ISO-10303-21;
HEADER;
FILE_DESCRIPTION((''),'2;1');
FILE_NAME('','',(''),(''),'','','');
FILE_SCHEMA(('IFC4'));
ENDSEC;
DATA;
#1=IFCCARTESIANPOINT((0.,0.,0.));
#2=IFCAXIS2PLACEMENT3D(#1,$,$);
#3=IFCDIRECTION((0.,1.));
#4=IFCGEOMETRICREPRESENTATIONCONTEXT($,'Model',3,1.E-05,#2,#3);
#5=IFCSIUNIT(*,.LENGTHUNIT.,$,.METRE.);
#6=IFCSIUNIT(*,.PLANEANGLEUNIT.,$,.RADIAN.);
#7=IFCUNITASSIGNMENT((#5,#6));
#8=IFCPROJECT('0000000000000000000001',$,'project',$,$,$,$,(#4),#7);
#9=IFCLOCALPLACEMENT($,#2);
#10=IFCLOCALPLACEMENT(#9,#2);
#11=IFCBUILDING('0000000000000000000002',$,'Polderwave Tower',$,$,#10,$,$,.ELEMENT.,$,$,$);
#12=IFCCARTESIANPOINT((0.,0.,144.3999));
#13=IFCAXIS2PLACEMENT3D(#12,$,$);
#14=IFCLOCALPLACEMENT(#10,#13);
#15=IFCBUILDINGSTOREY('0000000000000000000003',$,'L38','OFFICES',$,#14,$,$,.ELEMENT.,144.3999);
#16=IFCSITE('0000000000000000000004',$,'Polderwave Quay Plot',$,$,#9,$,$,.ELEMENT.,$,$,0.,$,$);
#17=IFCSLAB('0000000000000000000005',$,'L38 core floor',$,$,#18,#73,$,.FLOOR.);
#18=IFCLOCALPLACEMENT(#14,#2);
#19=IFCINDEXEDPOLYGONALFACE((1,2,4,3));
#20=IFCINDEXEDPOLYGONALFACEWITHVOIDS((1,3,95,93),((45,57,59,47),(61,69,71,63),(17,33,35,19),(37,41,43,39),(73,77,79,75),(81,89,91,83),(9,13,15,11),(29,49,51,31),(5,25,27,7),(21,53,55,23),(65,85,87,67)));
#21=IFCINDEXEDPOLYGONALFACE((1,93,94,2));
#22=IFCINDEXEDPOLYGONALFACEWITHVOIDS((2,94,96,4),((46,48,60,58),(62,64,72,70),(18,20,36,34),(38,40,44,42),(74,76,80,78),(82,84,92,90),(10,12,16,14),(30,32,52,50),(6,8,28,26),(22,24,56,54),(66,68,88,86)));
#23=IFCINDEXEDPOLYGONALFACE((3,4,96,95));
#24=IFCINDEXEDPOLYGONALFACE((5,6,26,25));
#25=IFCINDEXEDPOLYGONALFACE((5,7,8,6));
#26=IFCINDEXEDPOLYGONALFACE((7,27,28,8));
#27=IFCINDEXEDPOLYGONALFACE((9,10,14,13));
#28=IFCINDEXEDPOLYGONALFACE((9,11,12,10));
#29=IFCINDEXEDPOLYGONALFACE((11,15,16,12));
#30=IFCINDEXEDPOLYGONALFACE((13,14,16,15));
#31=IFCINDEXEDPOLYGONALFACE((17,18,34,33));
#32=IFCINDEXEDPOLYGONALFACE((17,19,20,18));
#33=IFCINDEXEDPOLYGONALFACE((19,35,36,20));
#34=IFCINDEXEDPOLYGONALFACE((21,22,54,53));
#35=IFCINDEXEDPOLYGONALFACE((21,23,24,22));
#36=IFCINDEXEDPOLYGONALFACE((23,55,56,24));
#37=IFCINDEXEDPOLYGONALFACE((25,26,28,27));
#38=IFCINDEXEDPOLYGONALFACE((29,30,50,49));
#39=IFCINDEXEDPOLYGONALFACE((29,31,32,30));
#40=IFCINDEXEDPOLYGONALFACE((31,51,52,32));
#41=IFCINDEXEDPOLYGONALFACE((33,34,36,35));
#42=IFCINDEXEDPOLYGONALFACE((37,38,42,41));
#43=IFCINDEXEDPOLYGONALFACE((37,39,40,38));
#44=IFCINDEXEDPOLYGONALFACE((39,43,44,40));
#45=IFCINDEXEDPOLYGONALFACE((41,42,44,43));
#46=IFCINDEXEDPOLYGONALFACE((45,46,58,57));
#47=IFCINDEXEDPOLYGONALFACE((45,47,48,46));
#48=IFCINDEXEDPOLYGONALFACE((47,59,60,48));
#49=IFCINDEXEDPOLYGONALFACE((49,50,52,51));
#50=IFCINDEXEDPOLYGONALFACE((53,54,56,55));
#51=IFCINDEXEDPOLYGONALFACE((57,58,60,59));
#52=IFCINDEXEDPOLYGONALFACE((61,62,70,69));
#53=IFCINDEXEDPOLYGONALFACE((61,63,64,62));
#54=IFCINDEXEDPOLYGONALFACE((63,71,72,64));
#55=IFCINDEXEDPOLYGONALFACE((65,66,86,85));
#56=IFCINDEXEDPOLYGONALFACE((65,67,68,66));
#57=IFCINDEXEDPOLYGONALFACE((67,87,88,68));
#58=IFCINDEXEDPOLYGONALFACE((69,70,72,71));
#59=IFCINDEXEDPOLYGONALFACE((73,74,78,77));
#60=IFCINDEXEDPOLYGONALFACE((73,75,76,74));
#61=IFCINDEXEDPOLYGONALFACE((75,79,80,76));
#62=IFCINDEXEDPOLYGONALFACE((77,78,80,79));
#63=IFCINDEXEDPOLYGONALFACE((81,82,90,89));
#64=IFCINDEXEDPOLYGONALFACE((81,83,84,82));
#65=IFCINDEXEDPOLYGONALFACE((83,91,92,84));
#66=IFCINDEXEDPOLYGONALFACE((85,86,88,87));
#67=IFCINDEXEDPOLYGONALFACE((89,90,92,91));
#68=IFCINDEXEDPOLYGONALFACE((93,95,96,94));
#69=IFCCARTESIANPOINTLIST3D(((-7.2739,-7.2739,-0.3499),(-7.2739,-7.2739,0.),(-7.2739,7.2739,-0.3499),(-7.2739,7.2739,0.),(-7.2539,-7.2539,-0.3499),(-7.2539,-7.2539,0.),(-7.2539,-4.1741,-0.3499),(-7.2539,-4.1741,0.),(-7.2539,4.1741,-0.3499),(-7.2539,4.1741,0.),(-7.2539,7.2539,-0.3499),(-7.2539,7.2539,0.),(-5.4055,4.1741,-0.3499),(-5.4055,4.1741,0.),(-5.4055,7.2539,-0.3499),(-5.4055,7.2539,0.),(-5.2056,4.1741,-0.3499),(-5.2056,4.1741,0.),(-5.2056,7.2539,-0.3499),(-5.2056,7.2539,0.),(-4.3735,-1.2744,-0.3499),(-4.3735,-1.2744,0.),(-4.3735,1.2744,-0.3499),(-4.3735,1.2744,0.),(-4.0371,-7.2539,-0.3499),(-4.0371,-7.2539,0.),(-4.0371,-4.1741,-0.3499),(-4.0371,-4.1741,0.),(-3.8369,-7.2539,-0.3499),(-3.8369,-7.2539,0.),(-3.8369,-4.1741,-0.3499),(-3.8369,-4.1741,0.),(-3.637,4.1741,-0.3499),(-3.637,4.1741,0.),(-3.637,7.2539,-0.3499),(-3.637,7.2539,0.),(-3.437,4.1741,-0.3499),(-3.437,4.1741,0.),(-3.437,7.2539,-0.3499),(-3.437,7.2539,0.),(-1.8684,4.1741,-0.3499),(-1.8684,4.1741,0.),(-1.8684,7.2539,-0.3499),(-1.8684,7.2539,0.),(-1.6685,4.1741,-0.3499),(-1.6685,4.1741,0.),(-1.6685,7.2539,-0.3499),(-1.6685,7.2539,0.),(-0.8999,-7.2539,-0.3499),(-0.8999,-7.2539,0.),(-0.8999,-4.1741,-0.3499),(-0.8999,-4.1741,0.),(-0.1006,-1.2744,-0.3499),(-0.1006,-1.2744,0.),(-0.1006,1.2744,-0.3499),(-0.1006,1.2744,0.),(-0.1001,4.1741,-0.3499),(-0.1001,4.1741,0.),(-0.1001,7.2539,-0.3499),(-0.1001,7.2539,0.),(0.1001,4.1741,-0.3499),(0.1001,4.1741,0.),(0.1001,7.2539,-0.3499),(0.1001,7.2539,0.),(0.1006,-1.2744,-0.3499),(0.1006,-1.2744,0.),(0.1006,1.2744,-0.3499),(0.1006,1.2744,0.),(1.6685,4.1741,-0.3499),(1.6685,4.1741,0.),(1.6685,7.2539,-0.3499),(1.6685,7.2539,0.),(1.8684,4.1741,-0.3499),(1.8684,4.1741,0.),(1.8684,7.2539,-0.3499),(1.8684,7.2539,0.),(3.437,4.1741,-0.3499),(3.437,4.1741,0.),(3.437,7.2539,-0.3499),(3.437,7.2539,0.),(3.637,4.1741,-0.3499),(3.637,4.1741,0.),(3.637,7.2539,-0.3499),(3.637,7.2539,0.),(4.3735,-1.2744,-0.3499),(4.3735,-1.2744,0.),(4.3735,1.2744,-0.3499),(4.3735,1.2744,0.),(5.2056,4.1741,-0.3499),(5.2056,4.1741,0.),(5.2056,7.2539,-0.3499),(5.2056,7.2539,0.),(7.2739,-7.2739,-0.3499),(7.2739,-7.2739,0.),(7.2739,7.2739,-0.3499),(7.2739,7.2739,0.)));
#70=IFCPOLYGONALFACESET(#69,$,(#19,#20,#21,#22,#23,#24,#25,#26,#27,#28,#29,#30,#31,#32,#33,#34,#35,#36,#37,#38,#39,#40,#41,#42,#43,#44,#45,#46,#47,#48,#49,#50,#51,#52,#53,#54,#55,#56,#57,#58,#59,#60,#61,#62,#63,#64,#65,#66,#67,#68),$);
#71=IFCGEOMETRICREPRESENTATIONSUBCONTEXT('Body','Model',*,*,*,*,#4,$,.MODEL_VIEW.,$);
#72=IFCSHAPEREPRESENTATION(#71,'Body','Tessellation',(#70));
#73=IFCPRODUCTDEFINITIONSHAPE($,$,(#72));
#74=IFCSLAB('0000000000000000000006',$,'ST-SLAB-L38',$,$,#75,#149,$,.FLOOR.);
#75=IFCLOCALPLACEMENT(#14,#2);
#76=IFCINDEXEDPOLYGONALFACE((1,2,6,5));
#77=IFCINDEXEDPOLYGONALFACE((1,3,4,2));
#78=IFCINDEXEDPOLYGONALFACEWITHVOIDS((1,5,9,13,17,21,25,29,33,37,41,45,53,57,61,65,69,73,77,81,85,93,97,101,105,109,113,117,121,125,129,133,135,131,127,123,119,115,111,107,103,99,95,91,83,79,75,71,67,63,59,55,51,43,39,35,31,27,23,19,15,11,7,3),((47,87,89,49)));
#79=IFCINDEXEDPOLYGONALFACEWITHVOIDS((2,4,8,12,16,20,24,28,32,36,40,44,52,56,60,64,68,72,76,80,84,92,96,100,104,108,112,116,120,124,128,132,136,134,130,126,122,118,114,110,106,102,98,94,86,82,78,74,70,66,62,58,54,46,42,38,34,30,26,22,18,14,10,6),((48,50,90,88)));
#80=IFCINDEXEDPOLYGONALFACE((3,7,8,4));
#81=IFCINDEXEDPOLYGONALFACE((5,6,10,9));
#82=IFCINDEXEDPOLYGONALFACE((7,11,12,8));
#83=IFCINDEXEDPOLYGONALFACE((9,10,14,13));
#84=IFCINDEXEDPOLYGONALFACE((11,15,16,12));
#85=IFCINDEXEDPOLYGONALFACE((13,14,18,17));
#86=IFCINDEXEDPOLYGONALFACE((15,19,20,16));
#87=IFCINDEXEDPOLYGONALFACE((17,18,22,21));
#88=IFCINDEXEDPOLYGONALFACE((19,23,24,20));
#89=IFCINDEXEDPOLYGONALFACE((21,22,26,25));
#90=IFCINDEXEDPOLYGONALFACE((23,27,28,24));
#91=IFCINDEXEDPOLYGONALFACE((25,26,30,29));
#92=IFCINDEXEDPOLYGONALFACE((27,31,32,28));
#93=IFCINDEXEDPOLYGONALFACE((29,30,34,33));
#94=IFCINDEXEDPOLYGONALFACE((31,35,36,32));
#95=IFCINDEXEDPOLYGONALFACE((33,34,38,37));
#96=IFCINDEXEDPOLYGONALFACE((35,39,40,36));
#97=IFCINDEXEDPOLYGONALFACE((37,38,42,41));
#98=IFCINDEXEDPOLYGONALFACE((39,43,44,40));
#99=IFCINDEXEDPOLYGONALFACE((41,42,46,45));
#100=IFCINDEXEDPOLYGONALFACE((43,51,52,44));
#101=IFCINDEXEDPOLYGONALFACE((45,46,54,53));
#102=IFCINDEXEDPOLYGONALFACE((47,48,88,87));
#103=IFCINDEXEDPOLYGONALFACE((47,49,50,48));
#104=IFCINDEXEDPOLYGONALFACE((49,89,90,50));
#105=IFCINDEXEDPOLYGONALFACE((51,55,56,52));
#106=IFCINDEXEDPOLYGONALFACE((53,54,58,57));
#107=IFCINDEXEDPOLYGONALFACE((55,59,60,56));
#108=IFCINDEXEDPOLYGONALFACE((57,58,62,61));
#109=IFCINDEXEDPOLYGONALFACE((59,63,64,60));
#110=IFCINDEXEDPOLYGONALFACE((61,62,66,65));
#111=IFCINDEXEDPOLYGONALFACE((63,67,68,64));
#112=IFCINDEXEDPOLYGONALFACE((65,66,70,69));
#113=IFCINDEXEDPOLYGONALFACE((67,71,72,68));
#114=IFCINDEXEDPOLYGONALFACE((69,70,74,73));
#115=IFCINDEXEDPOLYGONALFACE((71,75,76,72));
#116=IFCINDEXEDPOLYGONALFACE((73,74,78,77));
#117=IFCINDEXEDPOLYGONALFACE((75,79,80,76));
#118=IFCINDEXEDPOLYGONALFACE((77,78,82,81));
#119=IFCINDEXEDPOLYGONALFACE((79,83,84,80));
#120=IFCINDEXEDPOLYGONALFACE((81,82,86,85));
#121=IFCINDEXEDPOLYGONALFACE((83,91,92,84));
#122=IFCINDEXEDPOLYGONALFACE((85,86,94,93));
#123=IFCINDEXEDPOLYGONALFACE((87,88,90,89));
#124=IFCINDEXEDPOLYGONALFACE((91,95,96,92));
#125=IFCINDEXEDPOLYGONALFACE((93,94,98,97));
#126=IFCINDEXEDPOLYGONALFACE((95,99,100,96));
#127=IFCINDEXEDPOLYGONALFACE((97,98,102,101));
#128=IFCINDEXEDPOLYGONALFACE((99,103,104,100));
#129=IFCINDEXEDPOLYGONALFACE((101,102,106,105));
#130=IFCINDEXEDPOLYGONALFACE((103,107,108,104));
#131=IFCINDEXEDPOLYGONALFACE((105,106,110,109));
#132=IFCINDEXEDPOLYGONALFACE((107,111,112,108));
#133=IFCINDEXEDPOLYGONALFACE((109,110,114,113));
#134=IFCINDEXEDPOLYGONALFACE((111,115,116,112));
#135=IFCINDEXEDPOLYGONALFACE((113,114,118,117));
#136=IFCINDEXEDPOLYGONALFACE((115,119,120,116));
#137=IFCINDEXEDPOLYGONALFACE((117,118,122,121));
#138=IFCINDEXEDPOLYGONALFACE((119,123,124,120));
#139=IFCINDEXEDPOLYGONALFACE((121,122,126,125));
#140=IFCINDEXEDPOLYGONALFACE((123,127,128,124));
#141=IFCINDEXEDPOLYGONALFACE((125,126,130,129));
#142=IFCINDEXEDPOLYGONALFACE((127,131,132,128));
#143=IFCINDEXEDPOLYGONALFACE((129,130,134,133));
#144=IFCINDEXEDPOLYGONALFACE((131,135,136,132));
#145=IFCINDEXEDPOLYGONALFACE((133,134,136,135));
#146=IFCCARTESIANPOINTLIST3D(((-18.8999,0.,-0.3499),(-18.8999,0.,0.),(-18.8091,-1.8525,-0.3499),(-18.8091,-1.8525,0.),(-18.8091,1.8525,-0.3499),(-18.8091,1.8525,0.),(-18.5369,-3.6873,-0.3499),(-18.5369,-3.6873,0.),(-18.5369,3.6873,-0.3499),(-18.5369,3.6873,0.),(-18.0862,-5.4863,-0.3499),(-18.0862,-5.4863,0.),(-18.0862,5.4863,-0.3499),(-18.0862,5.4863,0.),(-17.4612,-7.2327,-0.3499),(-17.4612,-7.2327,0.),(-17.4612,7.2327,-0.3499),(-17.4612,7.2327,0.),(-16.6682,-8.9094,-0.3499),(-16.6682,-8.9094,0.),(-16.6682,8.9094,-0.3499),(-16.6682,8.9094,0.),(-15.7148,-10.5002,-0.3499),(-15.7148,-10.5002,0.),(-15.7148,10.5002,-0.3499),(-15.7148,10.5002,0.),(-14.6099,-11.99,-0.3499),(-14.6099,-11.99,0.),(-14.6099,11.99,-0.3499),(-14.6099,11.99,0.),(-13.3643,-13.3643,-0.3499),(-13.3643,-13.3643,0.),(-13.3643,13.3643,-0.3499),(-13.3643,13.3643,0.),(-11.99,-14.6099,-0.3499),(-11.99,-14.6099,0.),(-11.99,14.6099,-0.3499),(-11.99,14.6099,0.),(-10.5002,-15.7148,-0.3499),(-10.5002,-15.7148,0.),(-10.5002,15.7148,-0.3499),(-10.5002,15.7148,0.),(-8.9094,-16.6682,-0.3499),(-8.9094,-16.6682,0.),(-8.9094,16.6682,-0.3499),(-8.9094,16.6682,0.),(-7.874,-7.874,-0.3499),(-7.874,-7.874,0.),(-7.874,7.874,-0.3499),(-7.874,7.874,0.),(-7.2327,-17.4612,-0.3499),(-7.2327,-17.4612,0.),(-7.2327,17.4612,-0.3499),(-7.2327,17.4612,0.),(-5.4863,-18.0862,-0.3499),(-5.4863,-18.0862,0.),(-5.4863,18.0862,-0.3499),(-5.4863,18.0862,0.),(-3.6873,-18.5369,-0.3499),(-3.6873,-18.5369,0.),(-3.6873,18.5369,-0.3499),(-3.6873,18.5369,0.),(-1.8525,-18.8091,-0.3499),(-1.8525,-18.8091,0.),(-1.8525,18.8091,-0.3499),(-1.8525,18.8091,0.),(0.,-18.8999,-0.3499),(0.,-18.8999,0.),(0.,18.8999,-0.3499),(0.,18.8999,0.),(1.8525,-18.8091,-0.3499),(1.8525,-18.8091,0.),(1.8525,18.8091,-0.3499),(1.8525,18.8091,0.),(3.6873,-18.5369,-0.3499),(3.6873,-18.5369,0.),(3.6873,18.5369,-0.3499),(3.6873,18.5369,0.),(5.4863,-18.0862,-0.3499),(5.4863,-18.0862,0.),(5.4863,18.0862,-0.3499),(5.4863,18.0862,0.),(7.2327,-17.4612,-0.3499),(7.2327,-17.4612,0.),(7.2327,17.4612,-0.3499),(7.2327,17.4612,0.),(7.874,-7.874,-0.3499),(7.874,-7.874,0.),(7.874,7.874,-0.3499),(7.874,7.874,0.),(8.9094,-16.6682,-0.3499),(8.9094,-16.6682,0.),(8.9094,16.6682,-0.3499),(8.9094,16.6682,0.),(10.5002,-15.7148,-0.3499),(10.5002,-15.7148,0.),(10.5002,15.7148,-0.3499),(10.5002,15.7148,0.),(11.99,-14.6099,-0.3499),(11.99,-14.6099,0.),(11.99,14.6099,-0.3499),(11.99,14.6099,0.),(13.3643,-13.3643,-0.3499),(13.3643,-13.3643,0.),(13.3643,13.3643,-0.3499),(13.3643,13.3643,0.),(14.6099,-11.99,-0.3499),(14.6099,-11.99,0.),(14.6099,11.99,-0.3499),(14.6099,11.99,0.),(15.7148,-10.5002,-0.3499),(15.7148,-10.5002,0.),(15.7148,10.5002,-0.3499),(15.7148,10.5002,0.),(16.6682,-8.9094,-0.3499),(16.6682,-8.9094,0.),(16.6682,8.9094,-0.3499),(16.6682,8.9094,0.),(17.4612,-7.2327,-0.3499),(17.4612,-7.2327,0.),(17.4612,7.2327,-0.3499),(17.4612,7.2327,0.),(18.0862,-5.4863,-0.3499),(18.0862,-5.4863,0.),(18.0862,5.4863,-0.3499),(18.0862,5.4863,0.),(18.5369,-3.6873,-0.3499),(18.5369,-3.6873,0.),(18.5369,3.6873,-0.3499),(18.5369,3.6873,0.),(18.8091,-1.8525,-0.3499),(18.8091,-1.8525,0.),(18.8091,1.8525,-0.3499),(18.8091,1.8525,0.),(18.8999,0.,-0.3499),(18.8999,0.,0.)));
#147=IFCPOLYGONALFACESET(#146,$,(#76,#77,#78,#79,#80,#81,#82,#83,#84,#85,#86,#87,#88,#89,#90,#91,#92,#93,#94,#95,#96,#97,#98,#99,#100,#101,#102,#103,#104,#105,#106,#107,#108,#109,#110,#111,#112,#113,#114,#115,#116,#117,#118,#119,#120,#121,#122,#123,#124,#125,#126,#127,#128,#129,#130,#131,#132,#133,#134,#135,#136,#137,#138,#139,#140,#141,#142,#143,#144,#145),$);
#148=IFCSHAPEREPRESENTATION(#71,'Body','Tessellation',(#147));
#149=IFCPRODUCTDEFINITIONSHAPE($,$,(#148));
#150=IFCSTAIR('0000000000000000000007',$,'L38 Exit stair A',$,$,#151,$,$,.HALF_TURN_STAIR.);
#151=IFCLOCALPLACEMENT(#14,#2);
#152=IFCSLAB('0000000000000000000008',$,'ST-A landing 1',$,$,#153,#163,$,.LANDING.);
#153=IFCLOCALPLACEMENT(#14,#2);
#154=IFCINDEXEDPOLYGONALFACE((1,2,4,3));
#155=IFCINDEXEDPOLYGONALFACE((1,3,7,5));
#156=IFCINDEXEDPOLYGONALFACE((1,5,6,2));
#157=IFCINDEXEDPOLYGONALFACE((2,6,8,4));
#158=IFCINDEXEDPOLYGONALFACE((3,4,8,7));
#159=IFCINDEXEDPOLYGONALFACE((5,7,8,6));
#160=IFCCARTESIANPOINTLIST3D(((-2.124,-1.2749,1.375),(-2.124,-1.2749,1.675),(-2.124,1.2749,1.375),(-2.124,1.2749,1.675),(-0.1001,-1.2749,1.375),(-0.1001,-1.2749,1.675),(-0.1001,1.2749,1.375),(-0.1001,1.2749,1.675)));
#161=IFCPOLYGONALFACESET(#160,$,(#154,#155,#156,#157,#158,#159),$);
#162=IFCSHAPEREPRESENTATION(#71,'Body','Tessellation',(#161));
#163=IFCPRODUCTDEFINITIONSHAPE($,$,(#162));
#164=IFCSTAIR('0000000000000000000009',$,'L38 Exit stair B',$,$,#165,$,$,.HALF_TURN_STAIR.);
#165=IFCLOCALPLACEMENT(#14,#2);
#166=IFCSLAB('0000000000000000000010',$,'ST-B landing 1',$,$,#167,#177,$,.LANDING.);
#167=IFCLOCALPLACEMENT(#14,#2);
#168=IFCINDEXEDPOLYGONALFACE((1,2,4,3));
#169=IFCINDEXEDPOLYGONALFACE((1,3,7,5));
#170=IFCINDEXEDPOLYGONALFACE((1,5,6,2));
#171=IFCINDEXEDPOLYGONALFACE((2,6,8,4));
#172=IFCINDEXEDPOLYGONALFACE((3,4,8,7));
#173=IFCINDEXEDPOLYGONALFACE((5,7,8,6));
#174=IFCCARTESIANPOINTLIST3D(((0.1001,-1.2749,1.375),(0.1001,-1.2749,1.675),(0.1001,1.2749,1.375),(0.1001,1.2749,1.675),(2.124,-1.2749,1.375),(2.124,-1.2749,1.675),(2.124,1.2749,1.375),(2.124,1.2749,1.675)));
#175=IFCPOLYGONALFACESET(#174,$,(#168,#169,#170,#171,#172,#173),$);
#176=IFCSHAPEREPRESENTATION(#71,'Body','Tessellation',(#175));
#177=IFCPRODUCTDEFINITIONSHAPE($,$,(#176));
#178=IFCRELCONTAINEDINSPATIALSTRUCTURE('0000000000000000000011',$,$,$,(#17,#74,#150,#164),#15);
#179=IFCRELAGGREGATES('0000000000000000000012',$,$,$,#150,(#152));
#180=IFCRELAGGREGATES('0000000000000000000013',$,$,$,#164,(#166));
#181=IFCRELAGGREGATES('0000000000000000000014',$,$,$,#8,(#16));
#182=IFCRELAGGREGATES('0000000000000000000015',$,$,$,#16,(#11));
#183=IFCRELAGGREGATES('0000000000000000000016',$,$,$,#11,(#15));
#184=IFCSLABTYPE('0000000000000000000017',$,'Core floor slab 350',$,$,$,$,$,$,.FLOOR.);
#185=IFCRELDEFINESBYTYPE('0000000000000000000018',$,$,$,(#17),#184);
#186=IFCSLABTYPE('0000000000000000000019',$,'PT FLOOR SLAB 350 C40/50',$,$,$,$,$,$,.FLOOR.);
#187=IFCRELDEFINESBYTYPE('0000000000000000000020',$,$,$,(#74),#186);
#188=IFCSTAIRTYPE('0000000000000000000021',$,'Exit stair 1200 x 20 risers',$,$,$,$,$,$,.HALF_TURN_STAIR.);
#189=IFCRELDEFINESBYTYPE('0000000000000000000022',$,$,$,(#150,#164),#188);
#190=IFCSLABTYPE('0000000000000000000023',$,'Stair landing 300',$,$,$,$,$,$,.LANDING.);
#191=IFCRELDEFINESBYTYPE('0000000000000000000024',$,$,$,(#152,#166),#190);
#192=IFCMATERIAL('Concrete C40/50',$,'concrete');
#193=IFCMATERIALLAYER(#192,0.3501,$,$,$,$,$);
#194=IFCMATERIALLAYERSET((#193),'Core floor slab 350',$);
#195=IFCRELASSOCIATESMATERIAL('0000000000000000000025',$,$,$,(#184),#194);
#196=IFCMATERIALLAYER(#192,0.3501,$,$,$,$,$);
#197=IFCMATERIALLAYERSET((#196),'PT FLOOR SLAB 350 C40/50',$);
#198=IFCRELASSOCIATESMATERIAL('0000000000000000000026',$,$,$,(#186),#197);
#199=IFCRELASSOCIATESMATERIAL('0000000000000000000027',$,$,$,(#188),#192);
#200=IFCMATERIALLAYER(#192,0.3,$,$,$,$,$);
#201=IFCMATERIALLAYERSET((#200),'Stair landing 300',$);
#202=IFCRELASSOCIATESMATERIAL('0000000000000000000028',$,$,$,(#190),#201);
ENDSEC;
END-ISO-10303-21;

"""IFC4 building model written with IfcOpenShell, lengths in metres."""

from ifc_helpers import new_model, si_unit, direction, frame, origin, place, context, subcontext, project, spatial, polyline, outline, extrude, material, layer, layer_set, type_object, element, aggregate, save


model = new_model("IFC4")

# Units and contexts
model_context = context("Model", 3, precision=1e-05, world=origin(), true_north=direction((0.0, 1.0)))
body_context = subcontext(model_context, "Body", "Model", "MODEL_VIEW")
ifc_project = project(units=[si_unit("LENGTHUNIT", "METRE"), si_unit("PLANEANGLEUNIT", "RADIAN")], contexts=[model_context])

# Site, building, storey
site_placement = place(None, origin())
site = spatial("IfcSite", under=ifc_project, at=site_placement, Name="Polderwave Quay Plot", CompositionType="ELEMENT", RefElevation=0.0)
building_placement = place(site_placement, origin())
building = spatial("IfcBuilding", under=site, at=building_placement, Name="Polderwave Tower", CompositionType="ELEMENT")
storey_placement = place(building_placement, frame((0.0, 0.0, 144.3999)))
storey = spatial("IfcBuildingStorey", under=building, at=storey_placement, Name="L38", Description="OFFICES", CompositionType="ELEMENT", Elevation=144.3999)

# Slabs
ifc_material_1 = material(Name="Concrete C40/50", Category="concrete")
ifc_layer_1 = layer(ifc_material_1, 0.3501)
ifc_layer_set_1 = layer_set([ifc_layer_1], Name="Core floor slab 350")
slab_type_1 = type_object("IfcSlabType", Name="Core floor slab 350", PredefinedType="FLOOR", material=ifc_layer_set_1)
slab_1_placement = place(storey_placement, frame((0.0, 0.0, -0.3499)))
element("IfcSlab", 1, at=slab_1_placement, inside=storey, type_object=slab_type_1, Name="L38 core floor", PredefinedType="FLOOR", context=body_context, shape_type="SweptSolid", body=[
    extrude(outline(polyline([(-7.2739, -7.2739), (7.2739, -7.2739), (7.2739, 7.2739), (-7.2739, 7.2739), (-7.2739, -7.2739)]), holes=[polyline([(-7.2539, -7.2539), (-4.0371, -7.2539), (-4.0371, -4.1741), (-7.2539, -4.1741), (-7.2539, -7.2539)]), polyline([(-3.8369, -7.2539), (-0.8999, -7.2539), (-0.8999, -4.1741), (-3.8369, -4.1741), (-3.8369, -7.2539)]), polyline([(-7.2539, 4.1741), (-5.4055, 4.1741), (-5.4055, 7.2539), (-7.2539, 7.2539), (-7.2539, 4.1741)]), polyline([(-5.2056, 4.1741), (-3.637, 4.1741), (-3.637, 7.2539), (-5.2056, 7.2539), (-5.2056, 4.1741)]), polyline([(-3.437, 4.1741), (-1.8684, 4.1741), (-1.8684, 7.2539), (-3.437, 7.2539), (-3.437, 4.1741)]), polyline([(-1.6685, 4.1741), (-0.1001, 4.1741), (-0.1001, 7.2539), (-1.6685, 7.2539), (-1.6685, 4.1741)]), polyline([(0.1001, 4.1741), (1.6685, 4.1741), (1.6685, 7.2539), (0.1001, 7.2539), (0.1001, 4.1741)]), polyline([(1.8684, 4.1741), (3.437, 4.1741), (3.437, 7.2539), (1.8684, 7.2539), (1.8684, 4.1741)]), polyline([(3.637, 4.1741), (5.2056, 4.1741), (5.2056, 7.2539), (3.637, 7.2539), (3.637, 4.1741)]), polyline([(-4.3735, -1.2744), (-0.1006, -1.2744), (-0.1006, 1.2744), (-4.3735, 1.2744), (-4.3735, -1.2744)]), polyline([(0.1006, -1.2744), (4.3735, -1.2744), (4.3735, 1.2744), (0.1006, 1.2744), (0.1006, -1.2744)])]), origin(), (0.0, 0.0, 1.0), 0.3499),
])
ifc_layer_2 = layer(ifc_material_1, 0.3501)
ifc_layer_set_2 = layer_set([ifc_layer_2], Name="PT FLOOR SLAB 350 C40/50")
slab_type_2 = type_object("IfcSlabType", Name="PT FLOOR SLAB 350 C40/50", PredefinedType="FLOOR", material=ifc_layer_set_2)
slab_2_placement = place(storey_placement, frame((0.0, 0.0, -0.3499)))
element("IfcSlab", 2, at=slab_2_placement, inside=storey, type_object=slab_type_2, Name="ST-SLAB-L38", PredefinedType="FLOOR", context=body_context, shape_type="SweptSolid", body=[
    extrude(outline(polyline([(18.8999, 0.0), (18.8091, 1.8525), (18.5369, 3.6873), (18.0862, 5.4863), (17.4612, 7.2327), (16.6682, 8.9094), (15.7148, 10.5002), (14.6099, 11.99), (13.3643, 13.3643), (11.99, 14.6099), (10.5002, 15.7148), (8.9094, 16.6682), (7.2327, 17.4612), (5.4863, 18.0862), (3.6873, 18.5369), (1.8525, 18.8091), (0.0, 18.8999), (-1.8525, 18.8091), (-3.6873, 18.5369), (-5.4863, 18.0862), (-7.2327, 17.4612), (-8.9094, 16.6682), (-10.5002, 15.7148), (-11.99, 14.6099), (-13.3643, 13.3643), (-14.6099, 11.99), (-15.7148, 10.5002), (-16.6682, 8.9094), (-17.4612, 7.2327), (-18.0862, 5.4863), (-18.5369, 3.6873), (-18.8091, 1.8525), (-18.8999, 0.0), (-18.8091, -1.8525), (-18.5369, -3.6873), (-18.0862, -5.4863), (-17.4612, -7.2327), (-16.6682, -8.9094), (-15.7148, -10.5002), (-14.6099, -11.99), (-13.3643, -13.3643), (-11.99, -14.6099), (-10.5002, -15.7148), (-8.9094, -16.6682), (-7.2327, -17.4612), (-5.4863, -18.0862), (-3.6873, -18.5369), (-1.8525, -18.8091), (0.0, -18.8999), (1.8525, -18.8091), (3.6873, -18.5369), (5.4863, -18.0862), (7.2327, -17.4612), (8.9094, -16.6682), (10.5002, -15.7148), (11.99, -14.6099), (13.3643, -13.3643), (14.6099, -11.99), (15.7148, -10.5002), (16.6682, -8.9094), (17.4612, -7.2327), (18.0862, -5.4863), (18.5369, -3.6873), (18.8091, -1.8525), (18.8999, 0.0)]), holes=[polyline([(-7.874, -7.874), (7.874, -7.874), (7.874, 7.874), (-7.874, 7.874), (-7.874, -7.874)])]), origin(), (0.0, 0.0, 1.0), 0.3499),
])

# Stairs, slabs
stair_type = type_object("IfcStairType", Name="Exit stair 1200 x 20 risers", PredefinedType="HALF_TURN_STAIR", material=ifc_material_1)
stair_1_placement = place(storey_placement, origin())
stair_1 = element("IfcStair", 3, at=stair_1_placement, inside=storey, type_object=stair_type, Name="L38 Exit stair A", PredefinedType="HALF_TURN_STAIR")
ifc_layer_3 = layer(ifc_material_1, 0.3)
ifc_layer_set_3 = layer_set([ifc_layer_3], Name="Stair landing 300")
slab_type_3 = type_object("IfcSlabType", Name="Stair landing 300", PredefinedType="LANDING", material=ifc_layer_set_3)
slab_3_placement = place(storey_placement, frame((0.0, 0.0, 1.375)))
slab_3 = element("IfcSlab", 4, at=slab_3_placement, type_object=slab_type_3, Name="ST-A landing 1", PredefinedType="LANDING", context=body_context, shape_type="SweptSolid", body=[
    extrude(outline(polyline([(-2.124, -1.2749), (-0.1001, -1.2749), (-0.1001, 1.2749), (-2.124, 1.2749), (-2.124, -1.2749)])), origin(), (0.0, 0.0, 1.0), 0.3),
])
aggregate(stair_1, [slab_3])
stair_2_placement = place(storey_placement, origin())
stair_2 = element("IfcStair", 5, at=stair_2_placement, inside=storey, type_object=stair_type, Name="L38 Exit stair B", PredefinedType="HALF_TURN_STAIR")
slab_4_placement = place(storey_placement, frame((0.0, 0.0, 1.375)))
slab_4 = element("IfcSlab", 6, at=slab_4_placement, type_object=slab_type_3, Name="ST-B landing 1", PredefinedType="LANDING", context=body_context, shape_type="SweptSolid", body=[
    extrude(outline(polyline([(2.124, 1.2749), (0.1001, 1.2749), (0.1001, -1.2749), (2.124, -1.2749), (2.124, 1.2749)])), origin(), (0.0, 0.0, 1.0), 0.3),
])

aggregate(stair_2, [slab_4])

save(model, "model.ifc")
